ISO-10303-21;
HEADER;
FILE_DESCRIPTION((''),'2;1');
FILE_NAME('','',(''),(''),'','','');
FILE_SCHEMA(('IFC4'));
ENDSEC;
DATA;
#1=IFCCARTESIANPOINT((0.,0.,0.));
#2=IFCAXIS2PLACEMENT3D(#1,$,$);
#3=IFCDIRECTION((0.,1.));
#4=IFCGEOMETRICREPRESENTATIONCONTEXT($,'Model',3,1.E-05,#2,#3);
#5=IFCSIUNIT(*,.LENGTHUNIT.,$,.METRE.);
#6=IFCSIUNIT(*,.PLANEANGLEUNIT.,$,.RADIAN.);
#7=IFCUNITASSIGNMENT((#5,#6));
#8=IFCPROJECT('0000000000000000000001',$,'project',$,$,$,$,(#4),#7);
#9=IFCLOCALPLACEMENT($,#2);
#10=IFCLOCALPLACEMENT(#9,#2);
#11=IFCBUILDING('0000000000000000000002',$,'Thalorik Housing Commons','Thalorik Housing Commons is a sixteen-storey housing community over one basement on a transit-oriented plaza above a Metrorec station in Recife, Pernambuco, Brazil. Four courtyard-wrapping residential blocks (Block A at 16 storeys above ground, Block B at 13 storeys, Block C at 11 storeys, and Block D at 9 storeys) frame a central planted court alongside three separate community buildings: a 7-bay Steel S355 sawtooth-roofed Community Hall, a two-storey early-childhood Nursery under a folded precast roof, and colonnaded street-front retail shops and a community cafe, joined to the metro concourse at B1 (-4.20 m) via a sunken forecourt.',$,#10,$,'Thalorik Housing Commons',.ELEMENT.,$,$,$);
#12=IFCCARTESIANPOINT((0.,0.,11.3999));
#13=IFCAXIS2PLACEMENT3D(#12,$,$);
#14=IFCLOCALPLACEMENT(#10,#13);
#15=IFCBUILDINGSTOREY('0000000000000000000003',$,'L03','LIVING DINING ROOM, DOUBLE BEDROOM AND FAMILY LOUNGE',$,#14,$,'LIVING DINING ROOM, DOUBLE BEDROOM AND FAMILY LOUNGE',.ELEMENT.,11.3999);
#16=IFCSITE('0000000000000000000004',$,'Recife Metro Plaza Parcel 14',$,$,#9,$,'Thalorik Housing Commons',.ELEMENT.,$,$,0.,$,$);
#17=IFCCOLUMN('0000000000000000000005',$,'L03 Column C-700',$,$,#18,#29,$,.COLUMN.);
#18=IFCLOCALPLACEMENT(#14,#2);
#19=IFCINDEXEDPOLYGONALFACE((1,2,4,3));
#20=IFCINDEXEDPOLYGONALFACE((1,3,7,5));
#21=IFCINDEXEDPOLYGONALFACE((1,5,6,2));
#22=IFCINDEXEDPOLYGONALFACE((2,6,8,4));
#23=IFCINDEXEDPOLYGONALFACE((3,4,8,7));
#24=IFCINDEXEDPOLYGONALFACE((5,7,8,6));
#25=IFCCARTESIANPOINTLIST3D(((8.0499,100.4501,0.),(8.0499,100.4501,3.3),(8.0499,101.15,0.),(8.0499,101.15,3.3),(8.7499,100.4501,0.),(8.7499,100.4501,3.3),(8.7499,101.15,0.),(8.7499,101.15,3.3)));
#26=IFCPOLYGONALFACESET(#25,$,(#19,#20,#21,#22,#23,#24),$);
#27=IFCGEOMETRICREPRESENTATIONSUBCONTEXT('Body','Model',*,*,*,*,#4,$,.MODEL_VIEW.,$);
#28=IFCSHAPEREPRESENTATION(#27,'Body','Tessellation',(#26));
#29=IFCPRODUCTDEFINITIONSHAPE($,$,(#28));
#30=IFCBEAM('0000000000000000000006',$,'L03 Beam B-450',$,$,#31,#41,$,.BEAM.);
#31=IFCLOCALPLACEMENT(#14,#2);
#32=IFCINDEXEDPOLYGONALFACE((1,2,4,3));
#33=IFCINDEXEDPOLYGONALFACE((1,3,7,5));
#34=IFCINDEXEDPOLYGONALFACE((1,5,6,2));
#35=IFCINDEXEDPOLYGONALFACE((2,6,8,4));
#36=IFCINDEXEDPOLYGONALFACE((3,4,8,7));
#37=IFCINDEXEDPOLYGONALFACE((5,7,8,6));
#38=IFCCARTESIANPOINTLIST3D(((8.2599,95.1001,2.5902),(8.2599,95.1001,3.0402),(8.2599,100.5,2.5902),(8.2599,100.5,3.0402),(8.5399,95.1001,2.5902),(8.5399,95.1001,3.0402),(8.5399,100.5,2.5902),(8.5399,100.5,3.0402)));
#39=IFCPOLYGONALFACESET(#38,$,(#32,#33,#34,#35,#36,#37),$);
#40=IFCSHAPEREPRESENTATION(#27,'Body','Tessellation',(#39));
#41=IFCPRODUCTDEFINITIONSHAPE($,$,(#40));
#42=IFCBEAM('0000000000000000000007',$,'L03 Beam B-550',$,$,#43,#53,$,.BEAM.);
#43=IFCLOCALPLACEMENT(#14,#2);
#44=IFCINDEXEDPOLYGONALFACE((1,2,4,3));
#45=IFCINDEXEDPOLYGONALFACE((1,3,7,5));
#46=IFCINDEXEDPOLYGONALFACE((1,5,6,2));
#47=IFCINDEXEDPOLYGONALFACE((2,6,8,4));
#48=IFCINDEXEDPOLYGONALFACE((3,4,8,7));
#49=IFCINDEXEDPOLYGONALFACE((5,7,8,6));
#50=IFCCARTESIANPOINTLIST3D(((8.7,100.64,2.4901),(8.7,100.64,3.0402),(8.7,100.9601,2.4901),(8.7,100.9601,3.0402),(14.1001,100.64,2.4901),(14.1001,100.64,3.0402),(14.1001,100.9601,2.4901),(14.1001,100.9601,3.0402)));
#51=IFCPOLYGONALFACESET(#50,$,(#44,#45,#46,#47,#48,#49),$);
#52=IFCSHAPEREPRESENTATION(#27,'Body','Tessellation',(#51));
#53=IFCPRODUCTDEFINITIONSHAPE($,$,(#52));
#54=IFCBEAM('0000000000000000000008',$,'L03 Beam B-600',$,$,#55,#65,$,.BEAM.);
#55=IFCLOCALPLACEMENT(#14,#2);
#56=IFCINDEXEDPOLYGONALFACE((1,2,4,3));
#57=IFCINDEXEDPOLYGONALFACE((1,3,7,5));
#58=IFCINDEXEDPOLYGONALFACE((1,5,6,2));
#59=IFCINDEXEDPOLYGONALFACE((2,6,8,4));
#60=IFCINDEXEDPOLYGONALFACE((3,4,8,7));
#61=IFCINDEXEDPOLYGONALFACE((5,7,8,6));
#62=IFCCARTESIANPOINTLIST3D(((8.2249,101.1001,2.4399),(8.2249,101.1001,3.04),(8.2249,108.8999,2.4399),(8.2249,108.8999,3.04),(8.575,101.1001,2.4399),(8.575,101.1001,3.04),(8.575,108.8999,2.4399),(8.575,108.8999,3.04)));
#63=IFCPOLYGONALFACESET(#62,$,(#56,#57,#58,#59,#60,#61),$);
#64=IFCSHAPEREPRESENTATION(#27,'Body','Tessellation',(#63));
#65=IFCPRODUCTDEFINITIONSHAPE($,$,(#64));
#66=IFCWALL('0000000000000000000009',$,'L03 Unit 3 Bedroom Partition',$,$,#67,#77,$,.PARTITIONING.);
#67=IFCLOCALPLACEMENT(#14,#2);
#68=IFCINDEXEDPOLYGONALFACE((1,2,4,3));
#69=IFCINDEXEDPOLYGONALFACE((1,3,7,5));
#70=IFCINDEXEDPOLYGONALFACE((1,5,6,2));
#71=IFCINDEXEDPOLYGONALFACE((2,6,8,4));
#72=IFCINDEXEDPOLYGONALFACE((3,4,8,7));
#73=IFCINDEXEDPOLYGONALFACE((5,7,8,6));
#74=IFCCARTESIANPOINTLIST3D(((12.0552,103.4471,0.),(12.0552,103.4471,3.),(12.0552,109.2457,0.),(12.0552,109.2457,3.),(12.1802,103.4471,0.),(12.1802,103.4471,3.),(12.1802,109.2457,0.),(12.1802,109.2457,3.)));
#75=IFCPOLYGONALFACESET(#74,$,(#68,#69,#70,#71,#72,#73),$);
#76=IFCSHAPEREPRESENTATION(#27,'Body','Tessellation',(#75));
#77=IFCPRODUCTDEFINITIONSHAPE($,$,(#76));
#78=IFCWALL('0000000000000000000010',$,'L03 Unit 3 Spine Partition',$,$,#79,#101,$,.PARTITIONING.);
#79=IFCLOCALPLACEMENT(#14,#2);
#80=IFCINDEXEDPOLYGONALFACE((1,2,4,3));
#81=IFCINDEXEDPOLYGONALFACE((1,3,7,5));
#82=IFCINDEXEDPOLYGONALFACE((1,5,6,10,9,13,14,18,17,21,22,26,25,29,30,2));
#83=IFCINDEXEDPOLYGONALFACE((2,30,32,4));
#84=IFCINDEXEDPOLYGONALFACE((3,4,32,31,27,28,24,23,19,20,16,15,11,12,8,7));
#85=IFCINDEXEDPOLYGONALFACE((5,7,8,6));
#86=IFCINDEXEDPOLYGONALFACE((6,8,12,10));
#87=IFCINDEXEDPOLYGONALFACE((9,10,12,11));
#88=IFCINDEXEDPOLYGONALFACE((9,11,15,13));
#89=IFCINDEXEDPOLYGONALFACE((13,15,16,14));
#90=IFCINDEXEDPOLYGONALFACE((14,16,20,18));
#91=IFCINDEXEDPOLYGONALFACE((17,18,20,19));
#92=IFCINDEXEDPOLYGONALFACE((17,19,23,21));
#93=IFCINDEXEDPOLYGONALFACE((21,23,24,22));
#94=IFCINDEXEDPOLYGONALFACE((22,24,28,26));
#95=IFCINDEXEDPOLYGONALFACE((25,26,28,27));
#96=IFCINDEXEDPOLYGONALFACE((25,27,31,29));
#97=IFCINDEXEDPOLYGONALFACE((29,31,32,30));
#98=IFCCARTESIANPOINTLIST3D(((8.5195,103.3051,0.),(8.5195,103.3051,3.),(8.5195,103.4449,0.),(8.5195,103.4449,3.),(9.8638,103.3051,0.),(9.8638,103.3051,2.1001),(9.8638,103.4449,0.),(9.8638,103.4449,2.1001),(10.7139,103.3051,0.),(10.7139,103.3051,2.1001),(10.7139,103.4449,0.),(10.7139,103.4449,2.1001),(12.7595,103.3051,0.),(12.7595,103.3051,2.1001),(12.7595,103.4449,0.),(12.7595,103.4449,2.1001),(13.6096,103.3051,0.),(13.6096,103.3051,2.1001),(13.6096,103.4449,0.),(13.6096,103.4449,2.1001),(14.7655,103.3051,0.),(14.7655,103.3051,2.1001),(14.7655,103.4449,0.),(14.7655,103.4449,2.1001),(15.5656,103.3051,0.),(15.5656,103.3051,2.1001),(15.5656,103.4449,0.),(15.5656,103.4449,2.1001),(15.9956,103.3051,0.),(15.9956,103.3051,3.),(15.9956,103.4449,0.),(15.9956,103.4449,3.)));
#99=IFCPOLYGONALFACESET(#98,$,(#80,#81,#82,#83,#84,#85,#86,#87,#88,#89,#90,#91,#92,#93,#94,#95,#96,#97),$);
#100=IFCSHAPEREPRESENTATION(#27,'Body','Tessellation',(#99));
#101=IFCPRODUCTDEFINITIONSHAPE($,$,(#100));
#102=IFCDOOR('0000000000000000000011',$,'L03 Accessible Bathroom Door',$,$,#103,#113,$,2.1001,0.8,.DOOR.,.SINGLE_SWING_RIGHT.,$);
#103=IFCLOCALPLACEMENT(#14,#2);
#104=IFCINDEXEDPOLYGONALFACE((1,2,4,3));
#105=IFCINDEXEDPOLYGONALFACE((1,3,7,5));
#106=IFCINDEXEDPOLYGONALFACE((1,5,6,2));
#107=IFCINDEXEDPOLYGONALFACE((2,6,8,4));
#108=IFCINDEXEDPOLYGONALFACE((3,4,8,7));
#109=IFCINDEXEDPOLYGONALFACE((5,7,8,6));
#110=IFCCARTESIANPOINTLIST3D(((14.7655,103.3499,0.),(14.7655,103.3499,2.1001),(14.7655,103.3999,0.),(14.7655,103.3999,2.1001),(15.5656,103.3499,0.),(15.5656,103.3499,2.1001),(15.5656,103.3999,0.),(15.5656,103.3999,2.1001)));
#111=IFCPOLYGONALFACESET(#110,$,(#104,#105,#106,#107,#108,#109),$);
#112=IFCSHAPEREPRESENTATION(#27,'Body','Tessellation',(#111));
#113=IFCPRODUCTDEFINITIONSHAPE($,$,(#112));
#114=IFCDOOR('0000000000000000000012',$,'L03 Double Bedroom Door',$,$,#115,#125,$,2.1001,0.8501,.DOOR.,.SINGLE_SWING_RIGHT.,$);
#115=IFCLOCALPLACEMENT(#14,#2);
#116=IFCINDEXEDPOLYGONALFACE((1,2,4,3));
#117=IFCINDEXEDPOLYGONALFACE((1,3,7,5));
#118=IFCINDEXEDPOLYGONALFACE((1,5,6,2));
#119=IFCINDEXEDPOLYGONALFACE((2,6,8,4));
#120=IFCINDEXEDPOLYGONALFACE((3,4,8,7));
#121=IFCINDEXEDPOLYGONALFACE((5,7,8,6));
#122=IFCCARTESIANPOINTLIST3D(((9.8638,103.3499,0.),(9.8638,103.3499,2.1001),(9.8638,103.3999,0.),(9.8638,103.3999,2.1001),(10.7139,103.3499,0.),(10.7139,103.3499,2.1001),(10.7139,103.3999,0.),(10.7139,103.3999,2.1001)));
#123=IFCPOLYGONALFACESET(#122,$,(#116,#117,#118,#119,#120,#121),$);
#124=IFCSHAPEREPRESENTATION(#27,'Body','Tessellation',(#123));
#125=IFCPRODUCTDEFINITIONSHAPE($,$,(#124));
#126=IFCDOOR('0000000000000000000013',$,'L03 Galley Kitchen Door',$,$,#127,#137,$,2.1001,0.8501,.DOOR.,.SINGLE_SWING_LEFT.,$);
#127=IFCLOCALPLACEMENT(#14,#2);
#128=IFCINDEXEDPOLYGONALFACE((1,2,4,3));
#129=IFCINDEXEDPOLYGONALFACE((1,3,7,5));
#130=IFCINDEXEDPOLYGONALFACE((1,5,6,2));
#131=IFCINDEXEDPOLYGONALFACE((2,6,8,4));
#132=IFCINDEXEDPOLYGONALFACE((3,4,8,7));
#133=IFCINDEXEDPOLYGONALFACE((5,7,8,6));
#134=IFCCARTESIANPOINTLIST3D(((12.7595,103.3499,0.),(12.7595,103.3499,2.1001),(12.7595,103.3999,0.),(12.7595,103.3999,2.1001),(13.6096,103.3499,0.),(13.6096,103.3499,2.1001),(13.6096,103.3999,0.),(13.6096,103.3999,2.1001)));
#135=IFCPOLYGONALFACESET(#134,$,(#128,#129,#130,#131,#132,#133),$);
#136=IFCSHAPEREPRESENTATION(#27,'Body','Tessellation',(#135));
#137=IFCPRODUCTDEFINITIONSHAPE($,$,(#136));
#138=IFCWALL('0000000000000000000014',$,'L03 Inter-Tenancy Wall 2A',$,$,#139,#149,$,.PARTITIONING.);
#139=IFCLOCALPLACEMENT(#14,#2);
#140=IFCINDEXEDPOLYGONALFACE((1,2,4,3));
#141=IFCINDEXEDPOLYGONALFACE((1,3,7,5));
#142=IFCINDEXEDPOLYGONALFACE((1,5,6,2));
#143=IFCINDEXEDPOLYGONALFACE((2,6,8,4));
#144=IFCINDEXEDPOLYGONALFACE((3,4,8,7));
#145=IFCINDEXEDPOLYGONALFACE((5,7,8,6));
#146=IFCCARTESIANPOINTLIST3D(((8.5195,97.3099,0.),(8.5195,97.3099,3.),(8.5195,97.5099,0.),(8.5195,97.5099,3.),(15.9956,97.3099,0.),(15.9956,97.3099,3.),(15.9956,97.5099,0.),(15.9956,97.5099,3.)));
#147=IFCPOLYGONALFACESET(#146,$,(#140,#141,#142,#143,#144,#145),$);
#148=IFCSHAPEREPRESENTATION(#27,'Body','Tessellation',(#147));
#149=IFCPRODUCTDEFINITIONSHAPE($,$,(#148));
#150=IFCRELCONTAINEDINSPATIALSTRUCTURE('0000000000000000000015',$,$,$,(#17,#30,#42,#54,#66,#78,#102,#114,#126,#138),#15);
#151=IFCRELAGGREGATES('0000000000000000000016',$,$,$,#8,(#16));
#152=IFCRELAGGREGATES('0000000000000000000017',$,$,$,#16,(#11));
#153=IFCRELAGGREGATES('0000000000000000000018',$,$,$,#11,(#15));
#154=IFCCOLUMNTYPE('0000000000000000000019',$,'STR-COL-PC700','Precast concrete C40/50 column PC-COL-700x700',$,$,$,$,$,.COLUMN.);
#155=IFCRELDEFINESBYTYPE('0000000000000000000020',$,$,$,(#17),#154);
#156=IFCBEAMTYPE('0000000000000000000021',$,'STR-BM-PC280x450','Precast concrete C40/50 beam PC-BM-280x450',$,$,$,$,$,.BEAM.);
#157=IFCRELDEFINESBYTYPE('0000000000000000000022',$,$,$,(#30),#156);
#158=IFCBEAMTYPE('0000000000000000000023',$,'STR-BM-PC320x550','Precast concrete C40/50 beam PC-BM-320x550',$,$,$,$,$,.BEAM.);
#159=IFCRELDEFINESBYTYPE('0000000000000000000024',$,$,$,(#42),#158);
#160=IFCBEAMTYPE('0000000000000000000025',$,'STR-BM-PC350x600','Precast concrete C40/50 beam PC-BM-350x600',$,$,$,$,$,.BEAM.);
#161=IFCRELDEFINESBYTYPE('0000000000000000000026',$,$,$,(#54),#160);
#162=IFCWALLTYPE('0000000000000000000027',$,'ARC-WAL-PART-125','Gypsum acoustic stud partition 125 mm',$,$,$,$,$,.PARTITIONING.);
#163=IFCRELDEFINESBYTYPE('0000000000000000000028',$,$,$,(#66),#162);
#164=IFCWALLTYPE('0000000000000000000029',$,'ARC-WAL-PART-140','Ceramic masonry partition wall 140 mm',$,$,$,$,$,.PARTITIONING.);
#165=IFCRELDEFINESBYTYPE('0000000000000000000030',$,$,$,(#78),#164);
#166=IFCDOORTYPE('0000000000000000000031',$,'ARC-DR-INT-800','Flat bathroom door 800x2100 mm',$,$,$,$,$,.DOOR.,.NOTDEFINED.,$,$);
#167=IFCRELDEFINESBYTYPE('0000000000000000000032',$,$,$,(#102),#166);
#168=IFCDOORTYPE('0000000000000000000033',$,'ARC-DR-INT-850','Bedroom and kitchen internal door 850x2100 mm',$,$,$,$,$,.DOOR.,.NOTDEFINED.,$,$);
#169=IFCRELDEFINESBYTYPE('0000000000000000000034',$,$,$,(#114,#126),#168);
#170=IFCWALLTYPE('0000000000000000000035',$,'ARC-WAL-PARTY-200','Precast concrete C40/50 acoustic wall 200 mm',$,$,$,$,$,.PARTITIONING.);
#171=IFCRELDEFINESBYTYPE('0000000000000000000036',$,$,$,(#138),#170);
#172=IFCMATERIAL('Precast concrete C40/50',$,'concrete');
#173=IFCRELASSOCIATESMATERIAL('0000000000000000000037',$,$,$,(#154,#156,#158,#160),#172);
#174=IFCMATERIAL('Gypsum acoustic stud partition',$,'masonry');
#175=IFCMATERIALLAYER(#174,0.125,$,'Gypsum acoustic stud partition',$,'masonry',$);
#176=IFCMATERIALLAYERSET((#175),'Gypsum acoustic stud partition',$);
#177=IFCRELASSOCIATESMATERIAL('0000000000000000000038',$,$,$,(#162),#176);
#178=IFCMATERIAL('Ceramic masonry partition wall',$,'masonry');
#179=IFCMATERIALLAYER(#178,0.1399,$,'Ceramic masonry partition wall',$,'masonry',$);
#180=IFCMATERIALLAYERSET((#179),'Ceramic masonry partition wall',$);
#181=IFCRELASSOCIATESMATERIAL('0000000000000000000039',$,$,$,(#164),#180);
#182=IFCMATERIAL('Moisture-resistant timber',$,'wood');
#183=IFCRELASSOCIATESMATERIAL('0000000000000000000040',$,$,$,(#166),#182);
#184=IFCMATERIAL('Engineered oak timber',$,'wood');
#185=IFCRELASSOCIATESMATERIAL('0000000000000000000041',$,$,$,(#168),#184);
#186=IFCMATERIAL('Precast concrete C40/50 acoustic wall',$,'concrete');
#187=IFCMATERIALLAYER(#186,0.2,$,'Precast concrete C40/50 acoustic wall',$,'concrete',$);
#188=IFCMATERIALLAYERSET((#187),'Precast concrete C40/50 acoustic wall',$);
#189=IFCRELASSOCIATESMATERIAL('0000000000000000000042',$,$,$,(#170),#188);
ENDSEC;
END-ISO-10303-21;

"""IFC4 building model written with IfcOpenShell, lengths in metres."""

from ifc_helpers import new_model, si_unit, direction, frame, frame_2d, origin, origin_2d, place, context, subcontext, project, spatial, rectangle, extrude, material, layer, layer_set, material_profile, profile_set, type_object, element, fill, save


model = new_model("IFC4")

# Units and contexts
model_context = context("Model", 3, precision=1e-05, world=origin(), true_north=direction((0.0, 1.0)))
body_context = subcontext(model_context, "Body", "Model", "MODEL_VIEW")
ifc_project = project(units=[si_unit("LENGTHUNIT", "METRE"), si_unit("PLANEANGLEUNIT", "RADIAN")], contexts=[model_context])

# Site, building, storey
site_placement = place(None, origin())
site = spatial("IfcSite", under=ifc_project, at=site_placement, Name="Recife Metro Plaza Parcel 14", LongName="Thalorik Housing Commons", CompositionType="ELEMENT", RefElevation=0.0)
building_placement = place(site_placement, origin())
building = spatial("IfcBuilding", under=site, at=building_placement, Name="Thalorik Housing Commons", Description="Thalorik Housing Commons is a sixteen-storey housing community over one basement on a transit-oriented plaza above a Metrorec station in Recife, Pernambuco, Brazil. Four courtyard-wrapping residential blocks (Block A at 16 storeys above ground, Block B at 13 storeys, Block C at 11 storeys, and Block D at 9 storeys) frame a central planted court alongside three separate community buildings: a 7-bay Steel S355 sawtooth-roofed Community Hall, a two-storey early-childhood Nursery under a folded precast roof, and colonnaded street-front retail shops and a community cafe, joined to the metro concourse at B1 (-4.20 m) via a sunken forecourt.", LongName="Thalorik Housing Commons", CompositionType="ELEMENT")
storey_placement = place(building_placement, frame((0.0, 0.0, 11.3999)))
storey = spatial("IfcBuildingStorey", under=building, at=storey_placement, Name="L03", Description="LIVING DINING ROOM, DOUBLE BEDROOM AND FAMILY LOUNGE", LongName="LIVING DINING ROOM, DOUBLE BEDROOM AND FAMILY LOUNGE", CompositionType="ELEMENT", Elevation=11.3999)

# Column
ifc_material_1 = material(Name="Precast concrete C40/50", Category="concrete")
ifc_material_profile_1 = material_profile(ifc_material_1, rectangle(XDim=0.7, YDim=0.7, at=origin_2d()), Name="PC 700x700", Category="concrete")
ifc_profile_set_1 = profile_set([ifc_material_profile_1], Name="Precast concrete C40/50")
column_type = type_object("IfcColumnType", Name="STR-COL-PC700", Description="Precast concrete C40/50 column PC-COL-700x700", PredefinedType="COLUMN", material=ifc_profile_set_1)
column_placement = place(storey_placement, frame((8.3999, 100.8, 0.0), z_axis=(0.0, 0.0, 1.0), x_axis=(1.0, 0.0, 0.0)))
element("IfcColumn", 1, at=column_placement, inside=storey, type_object=column_type, Name="L03 Column C-700", PredefinedType="COLUMN", context=body_context, shape_type="SweptSolid", body=[
    extrude(rectangle(XDim=0.7, YDim=0.7, at=origin_2d()), origin(), (0.0, 0.0, 1.0), 3.3),
])

# Beams
ifc_material_profile_2 = material_profile(ifc_material_1, rectangle(XDim=0.28, YDim=0.45, at=origin_2d()), Name="PC 280x450", Category="concrete")
ifc_profile_set_2 = profile_set([ifc_material_profile_2], Name="Precast concrete C40/50")
beam_type_1 = type_object("IfcBeamType", Name="STR-BM-PC280x450", Description="Precast concrete C40/50 beam PC-BM-280x450", PredefinedType="BEAM", material=ifc_profile_set_2)
beam_1_placement = place(storey_placement, frame((8.3999, 95.1001, 2.8152), z_axis=(0.0, 1.0, 0.0), x_axis=(-1.0, 0.0, 0.0)))
element("IfcBeam", 2, at=beam_1_placement, inside=storey, type_object=beam_type_1, Name="L03 Beam B-450", PredefinedType="BEAM", context=body_context, shape_type="SweptSolid", body=[
    extrude(rectangle(XDim=0.28, YDim=0.45, at=origin_2d()), origin(), (0.0, 0.0, 1.0), 5.3999),
])
ifc_material_profile_3 = material_profile(ifc_material_1, rectangle(XDim=0.3201, YDim=0.55, at=origin_2d()), Name="PC 320x550", Category="concrete")
ifc_profile_set_3 = profile_set([ifc_material_profile_3], Name="Precast concrete C40/50")
beam_type_2 = type_object("IfcBeamType", Name="STR-BM-PC320x550", Description="Precast concrete C40/50 beam PC-BM-320x550", PredefinedType="BEAM", material=ifc_profile_set_3)
beam_2_placement = place(storey_placement, frame((8.7, 100.8, 2.7651), z_axis=(1.0, 0.0, 0.0), x_axis=(0.0, 1.0, 0.0)))
element("IfcBeam", 3, at=beam_2_placement, inside=storey, type_object=beam_type_2, Name="L03 Beam B-550", PredefinedType="BEAM", context=body_context, shape_type="SweptSolid", body=[
    extrude(rectangle(XDim=0.3201, YDim=0.55, at=origin_2d()), origin(), (0.0, 0.0, 1.0), 5.4001),
])
ifc_material_profile_4 = material_profile(ifc_material_1, rectangle(XDim=0.3501, YDim=0.6001, at=origin_2d()), Name="PC 350x600", Category="concrete")
ifc_profile_set_4 = profile_set([ifc_material_profile_4], Name="Precast concrete C40/50")
beam_type_3 = type_object("IfcBeamType", Name="STR-BM-PC350x600", Description="Precast concrete C40/50 beam PC-BM-350x600", PredefinedType="BEAM", material=ifc_profile_set_4)
beam_3_placement = place(storey_placement, frame((8.3999, 101.1001, 2.74), z_axis=(0.0, 1.0, 0.0), x_axis=(-1.0, 0.0, 0.0)))
element("IfcBeam", 4, at=beam_3_placement, inside=storey, type_object=beam_type_3, Name="L03 Beam B-600", PredefinedType="BEAM", context=body_context, shape_type="SweptSolid", body=[
    extrude(rectangle(XDim=0.3501, YDim=0.6001, at=origin_2d()), origin(), (0.0, 0.0, 1.0), 7.7998),
])

# Wall
ifc_material_2 = material(Name="Gypsum acoustic stud partition", Category="masonry")
ifc_layer_1 = layer(ifc_material_2, 0.125, Name="Gypsum acoustic stud partition", Category="masonry")
ifc_layer_set_1 = layer_set([ifc_layer_1], Name="Gypsum acoustic stud partition")
wall_type_1 = type_object("IfcWallType", Name="ARC-WAL-PART-125", Description="Gypsum acoustic stud partition 125 mm", PredefinedType="PARTITIONING", material=ifc_layer_set_1)
wall_1_placement = place(storey_placement, frame((12.1177, 103.447, 0.0), z_axis=(0.0, 0.0, 1.0), x_axis=(0.0, 1.0, 0.0)))
element("IfcWall", 5, at=wall_1_placement, inside=storey, type_object=wall_type_1, Name="L03 Unit 3 Bedroom Partition", PredefinedType="PARTITIONING", context=body_context, shape_type="SweptSolid", body=[
    extrude(rectangle(XDim=5.7986, YDim=0.125, at=frame_2d((2.8994, 0.0))), origin(), (0.0, 0.0, 1.0), 3.0),
])

# Wall, openings, doors
ifc_material_3 = material(Name="Ceramic masonry partition wall", Category="masonry")
ifc_layer_2 = layer(ifc_material_3, 0.1399, Name="Ceramic masonry partition wall", Category="masonry")
ifc_layer_set_2 = layer_set([ifc_layer_2], Name="Ceramic masonry partition wall")
wall_type_2 = type_object("IfcWallType", Name="ARC-WAL-PART-140", Description="Ceramic masonry partition wall 140 mm", PredefinedType="PARTITIONING", material=ifc_layer_set_2)
wall_2_placement = place(storey_placement, frame((8.5195, 103.375, 0.0), z_axis=(0.0, 0.0, 1.0), x_axis=(1.0, 0.0, 0.0)))
wall_2 = element("IfcWall", 6, at=wall_2_placement, inside=storey, type_object=wall_type_2, Name="L03 Unit 3 Spine Partition", PredefinedType="PARTITIONING", context=body_context, shape_type="SweptSolid", body=[
    extrude(rectangle(XDim=7.4761, YDim=0.1399, at=frame_2d((3.738, 0.0))), origin(), (0.0, 0.0, 1.0), 3.0),
])
opening_1_placement = place(wall_2_placement, frame((1.3442, 0.0, 0.0)))
opening_1 = element("IfcOpeningElement", 7, at=opening_1_placement, cuts=wall_2, PredefinedType="OPENING", context=body_context, shape_type="SweptSolid", body=[
    extrude(rectangle(XDim=0.8501, YDim=2.1001, at=frame_2d((0.425, 1.05))), frame((0.0, 0.0801, 0.0), z_axis=(0.0, -1.0, 0.0), x_axis=(1.0, 0.0, 0.0)), (0.0, 0.0, 1.0), 0.1599),
])
opening_2_placement = place(wall_2_placement, frame((4.24, 0.0, 0.0)))
opening_2 = element("IfcOpeningElement", 8, at=opening_2_placement, cuts=wall_2, PredefinedType="OPENING", context=body_context, shape_type="SweptSolid", body=[
    extrude(rectangle(XDim=0.8501, YDim=2.1001, at=frame_2d((0.425, 1.05))), frame((0.0, 0.0801, 0.0), z_axis=(0.0, -1.0, 0.0), x_axis=(1.0, 0.0, 0.0)), (0.0, 0.0, 1.0), 0.1599),
])
opening_3_placement = place(wall_2_placement, frame((6.2461, 0.0, 0.0)))
opening_3 = element("IfcOpeningElement", 9, at=opening_3_placement, cuts=wall_2, PredefinedType="OPENING", context=body_context, shape_type="SweptSolid", body=[
    extrude(rectangle(XDim=0.8, YDim=2.1001, at=frame_2d((0.3999, 1.05))), frame((0.0, 0.0801, 0.0), z_axis=(0.0, -1.0, 0.0), x_axis=(1.0, 0.0, 0.0)), (0.0, 0.0, 1.0), 0.1599),
])
ifc_material_4 = material(Name="Moisture-resistant timber", Category="wood")
door_type_1 = type_object("IfcDoorType", Name="ARC-DR-INT-800", Description="Flat bathroom door 800x2100 mm", OperationType="NOTDEFINED", PredefinedType="DOOR", material=ifc_material_4)
door_1_placement = place(opening_3_placement, origin())
door_1 = element("IfcDoor", 10, at=door_1_placement, inside=storey, type_object=door_type_1, Name="L03 Accessible Bathroom Door", OperationType="SINGLE_SWING_RIGHT", OverallHeight=2.1001, OverallWidth=0.8, PredefinedType="DOOR", context=body_context, shape_type="SweptSolid", body=[
    extrude(rectangle(XDim=0.8, YDim=2.1001, at=frame_2d((0.3999, 1.05))), frame((0.0, 0.0249, 0.0), z_axis=(0.0, -1.0, 0.0), x_axis=(1.0, 0.0, 0.0)), (0.0, 0.0, 1.0), 0.05),
])
fill(opening_3, door_1)
ifc_material_5 = material(Name="Engineered oak timber", Category="wood")
door_type_2 = type_object("IfcDoorType", Name="ARC-DR-INT-850", Description="Bedroom and kitchen internal door 850x2100 mm", OperationType="NOTDEFINED", PredefinedType="DOOR", material=ifc_material_5)
door_2_placement = place(opening_1_placement, origin())
door_2 = element("IfcDoor", 11, at=door_2_placement, inside=storey, type_object=door_type_2, Name="L03 Double Bedroom Door", OperationType="SINGLE_SWING_RIGHT", OverallHeight=2.1001, OverallWidth=0.8501, PredefinedType="DOOR", context=body_context, shape_type="SweptSolid", body=[
    extrude(rectangle(XDim=0.8501, YDim=2.1001, at=frame_2d((0.425, 1.05))), frame((0.0, 0.0249, 0.0), z_axis=(0.0, -1.0, 0.0), x_axis=(1.0, 0.0, 0.0)), (0.0, 0.0, 1.0), 0.05),
])
fill(opening_1, door_2)
door_3_placement = place(opening_2_placement, origin())
door_3 = element("IfcDoor", 12, at=door_3_placement, inside=storey, type_object=door_type_2, Name="L03 Galley Kitchen Door", OperationType="SINGLE_SWING_LEFT", OverallHeight=2.1001, OverallWidth=0.8501, PredefinedType="DOOR", context=body_context, shape_type="SweptSolid", body=[
    extrude(rectangle(XDim=0.8501, YDim=2.1001, at=frame_2d((0.425, 1.05))), frame((0.0, 0.0249, 0.0), z_axis=(0.0, -1.0, 0.0), x_axis=(1.0, 0.0, 0.0)), (0.0, 0.0, 1.0), 0.05),
])
fill(opening_2, door_3)

# Wall
ifc_material_6 = material(Name="Precast concrete C40/50 acoustic wall", Category="concrete")
ifc_layer_3 = layer(ifc_material_6, 0.2, Name="Precast concrete C40/50 acoustic wall", Category="concrete")
ifc_layer_set_3 = layer_set([ifc_layer_3], Name="Precast concrete C40/50 acoustic wall")
wall_type_3 = type_object("IfcWallType", Name="ARC-WAL-PARTY-200", Description="Precast concrete C40/50 acoustic wall 200 mm", PredefinedType="PARTITIONING", material=ifc_layer_set_3)
wall_3_placement = place(storey_placement, frame((8.5195, 97.4099, 0.0), z_axis=(0.0, 0.0, 1.0), x_axis=(1.0, 0.0, 0.0)))
element("IfcWall", 13, at=wall_3_placement, inside=storey, type_object=wall_type_3, Name="L03 Inter-Tenancy Wall 2A", PredefinedType="PARTITIONING", context=body_context, shape_type="SweptSolid", body=[
    extrude(rectangle(XDim=7.4761, YDim=0.2, at=frame_2d((3.738, 0.0))), origin(), (0.0, 0.0, 1.0), 3.0),
])

save(model, "model.ifc")
